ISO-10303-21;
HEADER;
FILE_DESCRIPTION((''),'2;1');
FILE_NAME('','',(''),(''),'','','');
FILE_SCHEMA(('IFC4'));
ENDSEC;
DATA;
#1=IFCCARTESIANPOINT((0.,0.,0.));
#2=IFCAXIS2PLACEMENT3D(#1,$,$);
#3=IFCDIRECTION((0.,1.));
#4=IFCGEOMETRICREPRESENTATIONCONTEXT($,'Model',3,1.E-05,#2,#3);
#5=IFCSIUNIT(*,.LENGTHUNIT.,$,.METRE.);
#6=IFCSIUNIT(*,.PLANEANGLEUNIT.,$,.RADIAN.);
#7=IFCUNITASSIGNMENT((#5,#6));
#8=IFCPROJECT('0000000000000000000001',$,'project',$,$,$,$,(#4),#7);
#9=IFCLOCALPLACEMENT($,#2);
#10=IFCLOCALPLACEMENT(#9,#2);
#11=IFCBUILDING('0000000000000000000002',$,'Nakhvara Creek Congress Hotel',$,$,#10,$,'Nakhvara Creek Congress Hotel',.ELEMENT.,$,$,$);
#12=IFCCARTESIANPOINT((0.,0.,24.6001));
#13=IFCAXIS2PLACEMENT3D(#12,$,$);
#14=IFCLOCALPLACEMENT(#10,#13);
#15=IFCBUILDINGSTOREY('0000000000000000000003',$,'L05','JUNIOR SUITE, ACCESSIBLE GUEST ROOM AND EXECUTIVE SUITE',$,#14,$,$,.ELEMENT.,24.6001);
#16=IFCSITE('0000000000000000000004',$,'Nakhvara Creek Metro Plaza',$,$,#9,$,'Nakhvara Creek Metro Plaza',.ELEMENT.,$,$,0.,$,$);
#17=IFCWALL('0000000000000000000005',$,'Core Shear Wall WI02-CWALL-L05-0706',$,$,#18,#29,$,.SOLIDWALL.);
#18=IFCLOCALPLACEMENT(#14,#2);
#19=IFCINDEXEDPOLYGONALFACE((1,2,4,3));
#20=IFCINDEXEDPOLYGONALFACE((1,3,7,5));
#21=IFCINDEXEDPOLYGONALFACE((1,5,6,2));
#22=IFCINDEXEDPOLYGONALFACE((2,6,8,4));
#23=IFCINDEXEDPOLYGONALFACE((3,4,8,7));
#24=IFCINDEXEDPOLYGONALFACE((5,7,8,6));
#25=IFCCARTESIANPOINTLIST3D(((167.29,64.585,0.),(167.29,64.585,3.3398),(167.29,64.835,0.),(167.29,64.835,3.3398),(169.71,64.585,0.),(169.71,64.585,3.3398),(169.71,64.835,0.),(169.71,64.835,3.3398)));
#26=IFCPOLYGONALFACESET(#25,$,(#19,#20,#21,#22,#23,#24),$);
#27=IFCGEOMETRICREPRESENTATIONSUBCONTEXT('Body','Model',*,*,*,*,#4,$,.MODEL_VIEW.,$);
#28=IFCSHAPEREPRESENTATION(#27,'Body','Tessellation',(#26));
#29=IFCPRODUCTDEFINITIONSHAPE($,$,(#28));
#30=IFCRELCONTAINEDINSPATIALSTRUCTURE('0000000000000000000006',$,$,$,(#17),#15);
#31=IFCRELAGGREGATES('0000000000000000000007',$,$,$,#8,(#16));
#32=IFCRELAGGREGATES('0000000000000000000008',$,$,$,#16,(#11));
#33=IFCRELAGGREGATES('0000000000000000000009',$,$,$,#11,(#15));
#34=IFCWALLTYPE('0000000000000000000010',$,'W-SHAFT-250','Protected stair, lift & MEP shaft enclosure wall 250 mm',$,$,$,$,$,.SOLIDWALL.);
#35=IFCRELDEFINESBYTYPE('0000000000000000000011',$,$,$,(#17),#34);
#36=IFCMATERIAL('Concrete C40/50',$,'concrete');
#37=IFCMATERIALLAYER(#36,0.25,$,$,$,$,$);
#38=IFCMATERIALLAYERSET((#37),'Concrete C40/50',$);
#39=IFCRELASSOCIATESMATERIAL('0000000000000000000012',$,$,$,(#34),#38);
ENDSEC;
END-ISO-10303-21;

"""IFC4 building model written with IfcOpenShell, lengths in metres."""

from ifc_helpers import new_model, si_unit, direction, frame, frame_2d, origin, place, context, subcontext, project, spatial, rectangle, extrude, material, layer, layer_set, type_object, element, save


model = new_model("IFC4")

# Units and contexts
model_context = context("Model", 3, precision=1e-05, world=origin(), true_north=direction((0.0, 1.0)))
body_context = subcontext(model_context, "Body", "Model", "MODEL_VIEW")
ifc_project = project(units=[si_unit("LENGTHUNIT", "METRE"), si_unit("PLANEANGLEUNIT", "RADIAN")], contexts=[model_context])

# Site, building, storey
site_placement = place(None, origin())
site = spatial("IfcSite", under=ifc_project, at=site_placement, Name="Nakhvara Creek Metro Plaza", LongName="Nakhvara Creek Metro Plaza", CompositionType="ELEMENT", RefElevation=0.0)
building_placement = place(site_placement, origin())
building = spatial("IfcBuilding", under=site, at=building_placement, Name="Nakhvara Creek Congress Hotel", LongName="Nakhvara Creek Congress Hotel", CompositionType="ELEMENT")
storey_placement = place(building_placement, frame((0.0, 0.0, 24.6001)))
storey = spatial("IfcBuildingStorey", under=building, at=storey_placement, Name="L05", Description="JUNIOR SUITE, ACCESSIBLE GUEST ROOM AND EXECUTIVE SUITE", CompositionType="ELEMENT", Elevation=24.6001)

# Shared definitions
ifc_material_1 = material(Name="Concrete C40/50", Category="concrete")

# Wall
ifc_layer_1 = layer(ifc_material_1, 0.25)
ifc_layer_set_1 = layer_set([ifc_layer_1], Name="Concrete C40/50")
wall_type_1 = type_object("IfcWallType", Name="W-SHAFT-250", Description="Protected stair, lift & MEP shaft enclosure wall 250 mm", PredefinedType="SOLIDWALL", material=ifc_layer_set_1)
wall_1_placement = place(storey_placement, frame((167.29, 64.71, 0.0), z_axis=(0.0, 0.0, 1.0), x_axis=(1.0, 0.0, 0.0)))
element("IfcWall", 1, at=wall_1_placement, inside=storey, type_object=wall_type_1, Name="Core Shear Wall WI02-CWALL-L05-0706", PredefinedType="SOLIDWALL", context=body_context, shape_type="SweptSolid", body=[
    extrude(rectangle(XDim=2.4199, YDim=0.25, at=frame_2d((1.21, 0.0))), origin(), (0.0, 0.0, 1.0), 3.3398),
])

save(model, "model.ifc")
